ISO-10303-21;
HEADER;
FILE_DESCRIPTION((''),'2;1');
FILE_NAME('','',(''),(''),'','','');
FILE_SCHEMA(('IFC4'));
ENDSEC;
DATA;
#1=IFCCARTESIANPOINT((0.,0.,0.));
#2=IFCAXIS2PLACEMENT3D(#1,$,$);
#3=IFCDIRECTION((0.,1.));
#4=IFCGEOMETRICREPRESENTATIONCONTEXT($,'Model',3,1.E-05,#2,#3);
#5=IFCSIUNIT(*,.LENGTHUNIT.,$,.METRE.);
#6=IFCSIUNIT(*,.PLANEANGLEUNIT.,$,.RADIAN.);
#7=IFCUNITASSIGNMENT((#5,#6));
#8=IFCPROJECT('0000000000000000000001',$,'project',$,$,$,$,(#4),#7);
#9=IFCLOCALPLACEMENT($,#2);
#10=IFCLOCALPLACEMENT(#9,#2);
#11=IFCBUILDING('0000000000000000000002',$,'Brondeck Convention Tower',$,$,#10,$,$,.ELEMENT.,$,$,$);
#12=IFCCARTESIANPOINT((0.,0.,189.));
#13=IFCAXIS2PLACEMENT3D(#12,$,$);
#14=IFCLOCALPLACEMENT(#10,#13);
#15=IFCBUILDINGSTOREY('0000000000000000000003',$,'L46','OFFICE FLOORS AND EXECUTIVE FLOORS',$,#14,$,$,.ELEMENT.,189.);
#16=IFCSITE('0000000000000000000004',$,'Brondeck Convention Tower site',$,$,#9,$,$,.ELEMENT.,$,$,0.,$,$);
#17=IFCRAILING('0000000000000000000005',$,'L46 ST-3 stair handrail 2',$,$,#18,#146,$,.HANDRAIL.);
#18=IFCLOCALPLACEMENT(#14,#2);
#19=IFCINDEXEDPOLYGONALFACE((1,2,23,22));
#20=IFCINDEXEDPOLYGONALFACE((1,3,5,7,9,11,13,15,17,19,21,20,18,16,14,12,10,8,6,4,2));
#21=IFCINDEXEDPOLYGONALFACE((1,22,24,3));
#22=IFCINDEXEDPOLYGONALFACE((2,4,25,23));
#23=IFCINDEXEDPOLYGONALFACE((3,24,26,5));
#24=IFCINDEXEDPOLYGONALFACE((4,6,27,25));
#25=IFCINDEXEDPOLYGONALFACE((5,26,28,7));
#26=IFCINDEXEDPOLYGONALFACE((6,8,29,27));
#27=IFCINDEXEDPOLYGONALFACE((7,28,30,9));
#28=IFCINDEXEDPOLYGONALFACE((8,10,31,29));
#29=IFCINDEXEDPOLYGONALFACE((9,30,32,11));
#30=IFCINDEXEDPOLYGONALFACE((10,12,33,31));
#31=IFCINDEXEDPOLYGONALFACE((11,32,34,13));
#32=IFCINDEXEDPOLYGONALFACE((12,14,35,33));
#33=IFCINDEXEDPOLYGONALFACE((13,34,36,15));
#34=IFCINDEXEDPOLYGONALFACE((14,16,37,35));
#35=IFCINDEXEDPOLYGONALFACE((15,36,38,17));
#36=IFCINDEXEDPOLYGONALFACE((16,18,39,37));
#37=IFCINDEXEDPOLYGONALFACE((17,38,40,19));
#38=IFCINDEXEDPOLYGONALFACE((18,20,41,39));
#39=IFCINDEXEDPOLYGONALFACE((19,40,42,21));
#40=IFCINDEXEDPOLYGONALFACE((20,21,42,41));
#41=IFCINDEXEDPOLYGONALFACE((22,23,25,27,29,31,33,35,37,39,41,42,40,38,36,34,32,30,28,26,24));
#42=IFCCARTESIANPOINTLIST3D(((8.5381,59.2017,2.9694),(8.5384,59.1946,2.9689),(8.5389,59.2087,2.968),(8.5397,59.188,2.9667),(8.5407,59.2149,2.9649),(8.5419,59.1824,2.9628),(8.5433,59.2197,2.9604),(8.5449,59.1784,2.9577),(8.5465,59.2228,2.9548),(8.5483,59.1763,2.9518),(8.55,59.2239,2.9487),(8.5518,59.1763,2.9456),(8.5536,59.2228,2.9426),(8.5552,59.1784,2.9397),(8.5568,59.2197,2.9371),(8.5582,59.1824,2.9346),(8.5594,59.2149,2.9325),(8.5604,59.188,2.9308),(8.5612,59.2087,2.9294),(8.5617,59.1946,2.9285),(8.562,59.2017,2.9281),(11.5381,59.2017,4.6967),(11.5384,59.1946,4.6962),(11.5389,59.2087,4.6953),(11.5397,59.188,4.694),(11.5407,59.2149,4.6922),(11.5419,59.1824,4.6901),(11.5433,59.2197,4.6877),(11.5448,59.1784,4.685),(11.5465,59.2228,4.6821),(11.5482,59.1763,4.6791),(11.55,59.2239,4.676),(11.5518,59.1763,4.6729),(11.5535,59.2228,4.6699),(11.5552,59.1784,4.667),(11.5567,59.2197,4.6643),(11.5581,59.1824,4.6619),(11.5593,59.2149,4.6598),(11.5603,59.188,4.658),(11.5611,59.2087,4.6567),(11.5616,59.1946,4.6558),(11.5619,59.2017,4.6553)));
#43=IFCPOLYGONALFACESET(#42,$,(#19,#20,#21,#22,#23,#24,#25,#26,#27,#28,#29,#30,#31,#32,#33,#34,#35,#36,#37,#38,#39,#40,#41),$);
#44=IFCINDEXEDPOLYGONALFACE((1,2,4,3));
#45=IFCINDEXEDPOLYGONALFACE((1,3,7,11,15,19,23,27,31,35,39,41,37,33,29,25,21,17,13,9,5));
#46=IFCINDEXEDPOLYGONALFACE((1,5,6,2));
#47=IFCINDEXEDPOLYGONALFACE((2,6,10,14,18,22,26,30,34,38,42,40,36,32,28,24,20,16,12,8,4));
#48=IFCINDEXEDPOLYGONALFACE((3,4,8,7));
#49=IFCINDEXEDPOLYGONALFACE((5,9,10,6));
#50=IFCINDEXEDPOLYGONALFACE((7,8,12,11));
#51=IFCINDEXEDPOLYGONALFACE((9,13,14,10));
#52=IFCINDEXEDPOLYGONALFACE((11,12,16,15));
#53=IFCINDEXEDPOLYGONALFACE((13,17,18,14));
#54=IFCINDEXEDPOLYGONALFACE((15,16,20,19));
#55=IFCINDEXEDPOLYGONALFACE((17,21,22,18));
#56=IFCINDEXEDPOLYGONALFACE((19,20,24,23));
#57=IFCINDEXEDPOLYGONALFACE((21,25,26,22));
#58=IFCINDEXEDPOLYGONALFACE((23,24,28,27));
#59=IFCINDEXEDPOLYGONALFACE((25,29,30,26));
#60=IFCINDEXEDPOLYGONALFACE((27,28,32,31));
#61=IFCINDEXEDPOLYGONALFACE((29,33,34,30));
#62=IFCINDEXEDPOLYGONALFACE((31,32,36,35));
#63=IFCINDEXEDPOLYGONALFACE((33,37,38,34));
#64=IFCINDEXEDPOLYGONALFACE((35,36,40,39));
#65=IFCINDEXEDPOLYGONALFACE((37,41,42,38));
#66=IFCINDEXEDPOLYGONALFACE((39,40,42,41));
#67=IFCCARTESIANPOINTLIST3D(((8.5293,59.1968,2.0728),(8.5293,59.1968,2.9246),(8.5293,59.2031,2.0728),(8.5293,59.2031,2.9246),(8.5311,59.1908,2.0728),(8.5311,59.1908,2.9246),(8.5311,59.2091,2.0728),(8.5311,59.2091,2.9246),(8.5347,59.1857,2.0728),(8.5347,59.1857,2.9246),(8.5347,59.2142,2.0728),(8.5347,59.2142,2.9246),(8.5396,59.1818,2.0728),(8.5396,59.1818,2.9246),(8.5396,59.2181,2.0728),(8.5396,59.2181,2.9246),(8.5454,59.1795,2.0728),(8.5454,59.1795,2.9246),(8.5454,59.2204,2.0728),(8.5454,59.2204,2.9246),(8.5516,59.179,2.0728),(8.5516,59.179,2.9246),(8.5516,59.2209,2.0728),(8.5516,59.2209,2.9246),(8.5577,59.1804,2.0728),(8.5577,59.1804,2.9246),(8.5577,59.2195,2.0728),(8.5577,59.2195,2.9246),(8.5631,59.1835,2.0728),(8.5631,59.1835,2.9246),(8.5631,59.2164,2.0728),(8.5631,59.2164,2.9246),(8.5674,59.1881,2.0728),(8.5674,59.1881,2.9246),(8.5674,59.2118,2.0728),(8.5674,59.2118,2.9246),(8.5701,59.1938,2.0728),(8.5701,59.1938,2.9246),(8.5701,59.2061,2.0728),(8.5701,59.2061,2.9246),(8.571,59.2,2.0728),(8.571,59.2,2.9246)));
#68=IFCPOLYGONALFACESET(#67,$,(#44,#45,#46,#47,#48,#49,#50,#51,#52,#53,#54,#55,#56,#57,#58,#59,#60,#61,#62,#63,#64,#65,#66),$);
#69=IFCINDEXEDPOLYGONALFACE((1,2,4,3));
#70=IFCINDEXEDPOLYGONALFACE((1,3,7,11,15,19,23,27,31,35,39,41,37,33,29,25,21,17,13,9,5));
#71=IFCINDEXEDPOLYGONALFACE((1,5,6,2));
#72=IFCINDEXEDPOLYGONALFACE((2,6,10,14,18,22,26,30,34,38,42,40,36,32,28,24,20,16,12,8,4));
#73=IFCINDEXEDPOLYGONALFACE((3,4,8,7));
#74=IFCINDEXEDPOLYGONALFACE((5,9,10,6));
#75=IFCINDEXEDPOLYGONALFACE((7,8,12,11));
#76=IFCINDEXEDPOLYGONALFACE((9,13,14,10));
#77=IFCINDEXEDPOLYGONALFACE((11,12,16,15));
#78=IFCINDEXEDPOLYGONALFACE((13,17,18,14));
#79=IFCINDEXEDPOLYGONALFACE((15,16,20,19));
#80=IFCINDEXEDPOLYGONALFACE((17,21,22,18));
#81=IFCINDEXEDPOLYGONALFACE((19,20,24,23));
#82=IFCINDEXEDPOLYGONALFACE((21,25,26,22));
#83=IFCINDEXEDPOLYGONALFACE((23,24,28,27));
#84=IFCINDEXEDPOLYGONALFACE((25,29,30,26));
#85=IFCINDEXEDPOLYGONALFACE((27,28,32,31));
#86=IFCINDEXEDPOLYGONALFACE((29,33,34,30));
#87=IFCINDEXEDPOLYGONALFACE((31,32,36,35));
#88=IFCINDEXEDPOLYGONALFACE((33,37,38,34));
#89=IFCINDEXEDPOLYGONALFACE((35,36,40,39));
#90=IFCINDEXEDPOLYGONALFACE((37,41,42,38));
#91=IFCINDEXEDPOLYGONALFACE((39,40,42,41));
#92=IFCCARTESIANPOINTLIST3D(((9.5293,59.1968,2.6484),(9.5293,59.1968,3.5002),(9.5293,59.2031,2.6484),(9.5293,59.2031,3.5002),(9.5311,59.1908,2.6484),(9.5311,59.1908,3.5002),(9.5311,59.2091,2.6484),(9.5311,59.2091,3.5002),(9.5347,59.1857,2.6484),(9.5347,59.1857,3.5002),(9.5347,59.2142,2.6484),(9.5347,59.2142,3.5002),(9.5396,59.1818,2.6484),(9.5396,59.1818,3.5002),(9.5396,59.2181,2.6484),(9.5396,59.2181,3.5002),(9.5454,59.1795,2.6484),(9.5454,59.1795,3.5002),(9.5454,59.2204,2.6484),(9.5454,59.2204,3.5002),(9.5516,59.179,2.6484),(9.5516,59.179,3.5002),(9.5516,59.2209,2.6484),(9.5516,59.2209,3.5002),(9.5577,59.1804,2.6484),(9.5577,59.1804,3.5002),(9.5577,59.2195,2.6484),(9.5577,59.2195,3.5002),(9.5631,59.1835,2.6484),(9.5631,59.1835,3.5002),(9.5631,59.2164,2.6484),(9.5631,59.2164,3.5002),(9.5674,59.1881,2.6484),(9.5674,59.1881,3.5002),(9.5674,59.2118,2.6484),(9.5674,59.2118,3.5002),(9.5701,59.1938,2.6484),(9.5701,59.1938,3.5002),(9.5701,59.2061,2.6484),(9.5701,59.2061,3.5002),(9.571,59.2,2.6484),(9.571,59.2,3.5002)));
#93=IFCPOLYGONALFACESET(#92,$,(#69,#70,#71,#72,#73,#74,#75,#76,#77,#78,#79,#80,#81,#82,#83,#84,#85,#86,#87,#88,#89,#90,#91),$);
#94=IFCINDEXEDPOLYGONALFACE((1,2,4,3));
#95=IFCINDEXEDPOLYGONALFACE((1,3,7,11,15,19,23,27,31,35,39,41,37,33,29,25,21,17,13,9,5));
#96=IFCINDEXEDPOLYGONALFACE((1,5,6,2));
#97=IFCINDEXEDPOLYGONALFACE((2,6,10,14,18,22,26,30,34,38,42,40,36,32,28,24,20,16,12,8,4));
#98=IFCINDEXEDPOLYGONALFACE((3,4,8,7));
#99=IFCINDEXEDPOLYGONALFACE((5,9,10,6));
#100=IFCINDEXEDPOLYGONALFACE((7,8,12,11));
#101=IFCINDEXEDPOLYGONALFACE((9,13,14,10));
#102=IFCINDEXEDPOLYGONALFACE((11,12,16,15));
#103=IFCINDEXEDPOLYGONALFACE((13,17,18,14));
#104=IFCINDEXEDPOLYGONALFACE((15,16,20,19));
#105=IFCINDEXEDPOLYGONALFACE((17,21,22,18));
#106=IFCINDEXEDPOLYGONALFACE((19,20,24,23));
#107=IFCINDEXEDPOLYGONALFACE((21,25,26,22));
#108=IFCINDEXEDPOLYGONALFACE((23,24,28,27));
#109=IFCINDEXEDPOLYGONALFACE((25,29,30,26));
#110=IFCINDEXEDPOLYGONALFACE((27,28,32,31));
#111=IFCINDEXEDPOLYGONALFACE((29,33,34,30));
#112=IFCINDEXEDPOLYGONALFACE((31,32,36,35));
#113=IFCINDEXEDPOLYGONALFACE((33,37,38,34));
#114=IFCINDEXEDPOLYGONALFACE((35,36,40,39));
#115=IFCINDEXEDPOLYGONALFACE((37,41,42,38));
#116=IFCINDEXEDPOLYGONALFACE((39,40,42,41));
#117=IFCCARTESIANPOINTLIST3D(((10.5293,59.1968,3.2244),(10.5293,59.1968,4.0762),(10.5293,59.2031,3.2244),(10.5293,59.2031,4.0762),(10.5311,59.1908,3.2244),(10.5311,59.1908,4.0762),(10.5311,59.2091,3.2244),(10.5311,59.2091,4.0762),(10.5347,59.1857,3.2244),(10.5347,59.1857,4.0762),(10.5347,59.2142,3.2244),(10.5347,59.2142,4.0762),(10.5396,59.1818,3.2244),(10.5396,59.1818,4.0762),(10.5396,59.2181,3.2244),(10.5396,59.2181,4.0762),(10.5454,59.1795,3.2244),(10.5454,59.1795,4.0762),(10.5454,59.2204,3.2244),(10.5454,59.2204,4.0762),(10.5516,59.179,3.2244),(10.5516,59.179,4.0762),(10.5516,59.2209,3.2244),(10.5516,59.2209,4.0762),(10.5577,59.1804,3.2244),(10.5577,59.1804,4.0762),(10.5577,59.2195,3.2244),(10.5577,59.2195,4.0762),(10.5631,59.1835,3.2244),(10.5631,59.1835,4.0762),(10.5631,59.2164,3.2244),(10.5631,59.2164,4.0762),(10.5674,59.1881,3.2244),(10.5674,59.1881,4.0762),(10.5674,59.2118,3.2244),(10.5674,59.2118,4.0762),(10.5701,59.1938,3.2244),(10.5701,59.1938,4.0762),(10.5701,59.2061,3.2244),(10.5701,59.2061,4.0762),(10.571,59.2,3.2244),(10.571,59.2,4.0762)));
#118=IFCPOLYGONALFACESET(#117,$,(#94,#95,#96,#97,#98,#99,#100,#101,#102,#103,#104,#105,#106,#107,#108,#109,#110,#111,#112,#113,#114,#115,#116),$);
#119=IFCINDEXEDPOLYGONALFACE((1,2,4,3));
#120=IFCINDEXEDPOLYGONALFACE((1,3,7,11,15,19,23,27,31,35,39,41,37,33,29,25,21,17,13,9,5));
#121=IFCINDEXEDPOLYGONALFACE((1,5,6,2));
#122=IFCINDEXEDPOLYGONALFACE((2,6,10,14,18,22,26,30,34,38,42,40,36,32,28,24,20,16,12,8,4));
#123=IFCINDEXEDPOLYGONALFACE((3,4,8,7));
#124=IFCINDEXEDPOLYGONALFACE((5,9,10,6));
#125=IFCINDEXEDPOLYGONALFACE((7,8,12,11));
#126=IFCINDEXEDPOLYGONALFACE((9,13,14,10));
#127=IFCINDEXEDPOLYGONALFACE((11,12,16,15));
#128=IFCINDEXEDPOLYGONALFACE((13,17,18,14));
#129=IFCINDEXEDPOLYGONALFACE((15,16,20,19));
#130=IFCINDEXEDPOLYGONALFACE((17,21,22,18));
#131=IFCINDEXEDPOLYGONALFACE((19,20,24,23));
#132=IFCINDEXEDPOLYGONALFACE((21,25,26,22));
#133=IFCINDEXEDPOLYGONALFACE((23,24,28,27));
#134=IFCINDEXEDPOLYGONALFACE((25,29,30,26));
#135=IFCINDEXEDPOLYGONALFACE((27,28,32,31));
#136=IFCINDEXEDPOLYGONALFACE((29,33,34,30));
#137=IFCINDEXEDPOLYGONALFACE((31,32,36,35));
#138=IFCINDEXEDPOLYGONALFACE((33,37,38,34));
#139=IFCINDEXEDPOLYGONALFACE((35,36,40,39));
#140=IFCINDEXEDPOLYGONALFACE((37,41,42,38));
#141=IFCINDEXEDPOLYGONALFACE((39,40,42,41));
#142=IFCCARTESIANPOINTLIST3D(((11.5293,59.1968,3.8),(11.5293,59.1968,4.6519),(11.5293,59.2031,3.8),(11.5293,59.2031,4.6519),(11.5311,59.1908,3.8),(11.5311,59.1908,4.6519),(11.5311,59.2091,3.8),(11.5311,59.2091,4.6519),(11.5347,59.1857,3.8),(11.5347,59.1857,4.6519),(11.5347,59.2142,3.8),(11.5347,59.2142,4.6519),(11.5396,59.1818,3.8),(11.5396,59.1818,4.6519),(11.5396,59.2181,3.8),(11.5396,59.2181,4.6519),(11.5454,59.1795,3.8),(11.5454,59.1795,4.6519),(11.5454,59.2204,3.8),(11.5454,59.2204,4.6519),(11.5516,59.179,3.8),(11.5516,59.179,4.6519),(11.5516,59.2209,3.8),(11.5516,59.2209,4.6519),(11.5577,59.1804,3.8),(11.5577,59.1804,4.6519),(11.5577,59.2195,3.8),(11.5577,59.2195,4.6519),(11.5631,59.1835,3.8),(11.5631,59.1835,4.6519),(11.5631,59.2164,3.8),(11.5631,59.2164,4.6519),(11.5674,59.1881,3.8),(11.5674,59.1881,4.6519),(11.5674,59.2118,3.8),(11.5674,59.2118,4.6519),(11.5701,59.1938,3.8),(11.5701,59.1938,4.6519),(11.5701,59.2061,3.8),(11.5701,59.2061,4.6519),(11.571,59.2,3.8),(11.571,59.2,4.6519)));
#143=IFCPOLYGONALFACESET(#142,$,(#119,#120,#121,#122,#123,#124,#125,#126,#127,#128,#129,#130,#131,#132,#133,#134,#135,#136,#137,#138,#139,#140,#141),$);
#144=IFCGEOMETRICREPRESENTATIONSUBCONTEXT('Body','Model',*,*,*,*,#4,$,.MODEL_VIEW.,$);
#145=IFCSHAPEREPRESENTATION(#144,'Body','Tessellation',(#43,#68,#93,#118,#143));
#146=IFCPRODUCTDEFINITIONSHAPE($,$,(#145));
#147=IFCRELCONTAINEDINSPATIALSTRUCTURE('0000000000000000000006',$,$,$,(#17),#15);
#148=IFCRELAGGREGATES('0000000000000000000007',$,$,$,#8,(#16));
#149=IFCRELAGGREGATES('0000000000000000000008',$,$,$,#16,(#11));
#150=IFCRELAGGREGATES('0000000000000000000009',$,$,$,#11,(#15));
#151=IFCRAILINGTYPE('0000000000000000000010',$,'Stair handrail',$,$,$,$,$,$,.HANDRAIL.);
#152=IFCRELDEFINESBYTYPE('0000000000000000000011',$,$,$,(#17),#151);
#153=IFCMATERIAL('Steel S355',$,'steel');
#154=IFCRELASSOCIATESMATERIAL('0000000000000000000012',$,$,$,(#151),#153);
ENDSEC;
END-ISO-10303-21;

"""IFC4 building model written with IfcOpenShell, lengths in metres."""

from ifc_helpers import new_model, si_unit, direction, frame, origin, origin_2d, place, context, subcontext, project, spatial, circle, extrude, material, type_object, element, save


model = new_model("IFC4")

# Units and contexts
model_context = context("Model", 3, precision=1e-05, world=origin(), true_north=direction((0.0, 1.0)))
body_context = subcontext(model_context, "Body", "Model", "MODEL_VIEW")
ifc_project = project(units=[si_unit("LENGTHUNIT", "METRE"), si_unit("PLANEANGLEUNIT", "RADIAN")], contexts=[model_context])

# Site, building, storey
site_placement = place(None, origin())
site = spatial("IfcSite", under=ifc_project, at=site_placement, Name="Brondeck Convention Tower site", CompositionType="ELEMENT", RefElevation=0.0)
building_placement = place(site_placement, origin())
building = spatial("IfcBuilding", under=site, at=building_placement, Name="Brondeck Convention Tower", CompositionType="ELEMENT")
storey_placement = place(building_placement, frame((0.0, 0.0, 189.0)))
storey = spatial("IfcBuildingStorey", under=building, at=storey_placement, Name="L46", Description="OFFICE FLOORS AND EXECUTIVE FLOORS", CompositionType="ELEMENT", Elevation=189.0)

# Railing
ifc_material_1 = material(Name="Steel S355", Category="steel")
railing_type_1 = type_object("IfcRailingType", Name="Stair handrail", PredefinedType="HANDRAIL", material=ifc_material_1)
railing_1_placement = place(storey_placement, frame((8.55, 59.2, 2.0728)))
element("IfcRailing", 1, at=railing_1_placement, inside=storey, type_object=railing_type_1, Name="L46 ST-3 stair handrail 2", PredefinedType="HANDRAIL", context=body_context, shape_type="SweptSolid", body=[
    extrude(circle(Radius=0.0239, at=origin_2d()), frame((0.0, 0.0, 0.876), z_axis=(0.86662, 0.0, 0.498969), x_axis=(0.0, 1.0, 0.0)), (0.0, 0.0, 1.0), 3.4617),
    extrude(circle(Radius=0.021, at=origin_2d()), origin(), (0.0, 0.0, 1.0), 0.8518),
    extrude(circle(Radius=0.021, at=origin_2d()), frame((1.0, 0.0, 0.5757)), (0.0, 0.0, 1.0), 0.8518),
    extrude(circle(Radius=0.021, at=origin_2d()), frame((2.0, 0.0, 1.1516)), (0.0, 0.0, 1.0), 0.8518),
    extrude(circle(Radius=0.021, at=origin_2d()), frame((3.0, 0.0, 1.7273)), (0.0, 0.0, 1.0), 0.8518),
])

save(model, "model.ifc")
